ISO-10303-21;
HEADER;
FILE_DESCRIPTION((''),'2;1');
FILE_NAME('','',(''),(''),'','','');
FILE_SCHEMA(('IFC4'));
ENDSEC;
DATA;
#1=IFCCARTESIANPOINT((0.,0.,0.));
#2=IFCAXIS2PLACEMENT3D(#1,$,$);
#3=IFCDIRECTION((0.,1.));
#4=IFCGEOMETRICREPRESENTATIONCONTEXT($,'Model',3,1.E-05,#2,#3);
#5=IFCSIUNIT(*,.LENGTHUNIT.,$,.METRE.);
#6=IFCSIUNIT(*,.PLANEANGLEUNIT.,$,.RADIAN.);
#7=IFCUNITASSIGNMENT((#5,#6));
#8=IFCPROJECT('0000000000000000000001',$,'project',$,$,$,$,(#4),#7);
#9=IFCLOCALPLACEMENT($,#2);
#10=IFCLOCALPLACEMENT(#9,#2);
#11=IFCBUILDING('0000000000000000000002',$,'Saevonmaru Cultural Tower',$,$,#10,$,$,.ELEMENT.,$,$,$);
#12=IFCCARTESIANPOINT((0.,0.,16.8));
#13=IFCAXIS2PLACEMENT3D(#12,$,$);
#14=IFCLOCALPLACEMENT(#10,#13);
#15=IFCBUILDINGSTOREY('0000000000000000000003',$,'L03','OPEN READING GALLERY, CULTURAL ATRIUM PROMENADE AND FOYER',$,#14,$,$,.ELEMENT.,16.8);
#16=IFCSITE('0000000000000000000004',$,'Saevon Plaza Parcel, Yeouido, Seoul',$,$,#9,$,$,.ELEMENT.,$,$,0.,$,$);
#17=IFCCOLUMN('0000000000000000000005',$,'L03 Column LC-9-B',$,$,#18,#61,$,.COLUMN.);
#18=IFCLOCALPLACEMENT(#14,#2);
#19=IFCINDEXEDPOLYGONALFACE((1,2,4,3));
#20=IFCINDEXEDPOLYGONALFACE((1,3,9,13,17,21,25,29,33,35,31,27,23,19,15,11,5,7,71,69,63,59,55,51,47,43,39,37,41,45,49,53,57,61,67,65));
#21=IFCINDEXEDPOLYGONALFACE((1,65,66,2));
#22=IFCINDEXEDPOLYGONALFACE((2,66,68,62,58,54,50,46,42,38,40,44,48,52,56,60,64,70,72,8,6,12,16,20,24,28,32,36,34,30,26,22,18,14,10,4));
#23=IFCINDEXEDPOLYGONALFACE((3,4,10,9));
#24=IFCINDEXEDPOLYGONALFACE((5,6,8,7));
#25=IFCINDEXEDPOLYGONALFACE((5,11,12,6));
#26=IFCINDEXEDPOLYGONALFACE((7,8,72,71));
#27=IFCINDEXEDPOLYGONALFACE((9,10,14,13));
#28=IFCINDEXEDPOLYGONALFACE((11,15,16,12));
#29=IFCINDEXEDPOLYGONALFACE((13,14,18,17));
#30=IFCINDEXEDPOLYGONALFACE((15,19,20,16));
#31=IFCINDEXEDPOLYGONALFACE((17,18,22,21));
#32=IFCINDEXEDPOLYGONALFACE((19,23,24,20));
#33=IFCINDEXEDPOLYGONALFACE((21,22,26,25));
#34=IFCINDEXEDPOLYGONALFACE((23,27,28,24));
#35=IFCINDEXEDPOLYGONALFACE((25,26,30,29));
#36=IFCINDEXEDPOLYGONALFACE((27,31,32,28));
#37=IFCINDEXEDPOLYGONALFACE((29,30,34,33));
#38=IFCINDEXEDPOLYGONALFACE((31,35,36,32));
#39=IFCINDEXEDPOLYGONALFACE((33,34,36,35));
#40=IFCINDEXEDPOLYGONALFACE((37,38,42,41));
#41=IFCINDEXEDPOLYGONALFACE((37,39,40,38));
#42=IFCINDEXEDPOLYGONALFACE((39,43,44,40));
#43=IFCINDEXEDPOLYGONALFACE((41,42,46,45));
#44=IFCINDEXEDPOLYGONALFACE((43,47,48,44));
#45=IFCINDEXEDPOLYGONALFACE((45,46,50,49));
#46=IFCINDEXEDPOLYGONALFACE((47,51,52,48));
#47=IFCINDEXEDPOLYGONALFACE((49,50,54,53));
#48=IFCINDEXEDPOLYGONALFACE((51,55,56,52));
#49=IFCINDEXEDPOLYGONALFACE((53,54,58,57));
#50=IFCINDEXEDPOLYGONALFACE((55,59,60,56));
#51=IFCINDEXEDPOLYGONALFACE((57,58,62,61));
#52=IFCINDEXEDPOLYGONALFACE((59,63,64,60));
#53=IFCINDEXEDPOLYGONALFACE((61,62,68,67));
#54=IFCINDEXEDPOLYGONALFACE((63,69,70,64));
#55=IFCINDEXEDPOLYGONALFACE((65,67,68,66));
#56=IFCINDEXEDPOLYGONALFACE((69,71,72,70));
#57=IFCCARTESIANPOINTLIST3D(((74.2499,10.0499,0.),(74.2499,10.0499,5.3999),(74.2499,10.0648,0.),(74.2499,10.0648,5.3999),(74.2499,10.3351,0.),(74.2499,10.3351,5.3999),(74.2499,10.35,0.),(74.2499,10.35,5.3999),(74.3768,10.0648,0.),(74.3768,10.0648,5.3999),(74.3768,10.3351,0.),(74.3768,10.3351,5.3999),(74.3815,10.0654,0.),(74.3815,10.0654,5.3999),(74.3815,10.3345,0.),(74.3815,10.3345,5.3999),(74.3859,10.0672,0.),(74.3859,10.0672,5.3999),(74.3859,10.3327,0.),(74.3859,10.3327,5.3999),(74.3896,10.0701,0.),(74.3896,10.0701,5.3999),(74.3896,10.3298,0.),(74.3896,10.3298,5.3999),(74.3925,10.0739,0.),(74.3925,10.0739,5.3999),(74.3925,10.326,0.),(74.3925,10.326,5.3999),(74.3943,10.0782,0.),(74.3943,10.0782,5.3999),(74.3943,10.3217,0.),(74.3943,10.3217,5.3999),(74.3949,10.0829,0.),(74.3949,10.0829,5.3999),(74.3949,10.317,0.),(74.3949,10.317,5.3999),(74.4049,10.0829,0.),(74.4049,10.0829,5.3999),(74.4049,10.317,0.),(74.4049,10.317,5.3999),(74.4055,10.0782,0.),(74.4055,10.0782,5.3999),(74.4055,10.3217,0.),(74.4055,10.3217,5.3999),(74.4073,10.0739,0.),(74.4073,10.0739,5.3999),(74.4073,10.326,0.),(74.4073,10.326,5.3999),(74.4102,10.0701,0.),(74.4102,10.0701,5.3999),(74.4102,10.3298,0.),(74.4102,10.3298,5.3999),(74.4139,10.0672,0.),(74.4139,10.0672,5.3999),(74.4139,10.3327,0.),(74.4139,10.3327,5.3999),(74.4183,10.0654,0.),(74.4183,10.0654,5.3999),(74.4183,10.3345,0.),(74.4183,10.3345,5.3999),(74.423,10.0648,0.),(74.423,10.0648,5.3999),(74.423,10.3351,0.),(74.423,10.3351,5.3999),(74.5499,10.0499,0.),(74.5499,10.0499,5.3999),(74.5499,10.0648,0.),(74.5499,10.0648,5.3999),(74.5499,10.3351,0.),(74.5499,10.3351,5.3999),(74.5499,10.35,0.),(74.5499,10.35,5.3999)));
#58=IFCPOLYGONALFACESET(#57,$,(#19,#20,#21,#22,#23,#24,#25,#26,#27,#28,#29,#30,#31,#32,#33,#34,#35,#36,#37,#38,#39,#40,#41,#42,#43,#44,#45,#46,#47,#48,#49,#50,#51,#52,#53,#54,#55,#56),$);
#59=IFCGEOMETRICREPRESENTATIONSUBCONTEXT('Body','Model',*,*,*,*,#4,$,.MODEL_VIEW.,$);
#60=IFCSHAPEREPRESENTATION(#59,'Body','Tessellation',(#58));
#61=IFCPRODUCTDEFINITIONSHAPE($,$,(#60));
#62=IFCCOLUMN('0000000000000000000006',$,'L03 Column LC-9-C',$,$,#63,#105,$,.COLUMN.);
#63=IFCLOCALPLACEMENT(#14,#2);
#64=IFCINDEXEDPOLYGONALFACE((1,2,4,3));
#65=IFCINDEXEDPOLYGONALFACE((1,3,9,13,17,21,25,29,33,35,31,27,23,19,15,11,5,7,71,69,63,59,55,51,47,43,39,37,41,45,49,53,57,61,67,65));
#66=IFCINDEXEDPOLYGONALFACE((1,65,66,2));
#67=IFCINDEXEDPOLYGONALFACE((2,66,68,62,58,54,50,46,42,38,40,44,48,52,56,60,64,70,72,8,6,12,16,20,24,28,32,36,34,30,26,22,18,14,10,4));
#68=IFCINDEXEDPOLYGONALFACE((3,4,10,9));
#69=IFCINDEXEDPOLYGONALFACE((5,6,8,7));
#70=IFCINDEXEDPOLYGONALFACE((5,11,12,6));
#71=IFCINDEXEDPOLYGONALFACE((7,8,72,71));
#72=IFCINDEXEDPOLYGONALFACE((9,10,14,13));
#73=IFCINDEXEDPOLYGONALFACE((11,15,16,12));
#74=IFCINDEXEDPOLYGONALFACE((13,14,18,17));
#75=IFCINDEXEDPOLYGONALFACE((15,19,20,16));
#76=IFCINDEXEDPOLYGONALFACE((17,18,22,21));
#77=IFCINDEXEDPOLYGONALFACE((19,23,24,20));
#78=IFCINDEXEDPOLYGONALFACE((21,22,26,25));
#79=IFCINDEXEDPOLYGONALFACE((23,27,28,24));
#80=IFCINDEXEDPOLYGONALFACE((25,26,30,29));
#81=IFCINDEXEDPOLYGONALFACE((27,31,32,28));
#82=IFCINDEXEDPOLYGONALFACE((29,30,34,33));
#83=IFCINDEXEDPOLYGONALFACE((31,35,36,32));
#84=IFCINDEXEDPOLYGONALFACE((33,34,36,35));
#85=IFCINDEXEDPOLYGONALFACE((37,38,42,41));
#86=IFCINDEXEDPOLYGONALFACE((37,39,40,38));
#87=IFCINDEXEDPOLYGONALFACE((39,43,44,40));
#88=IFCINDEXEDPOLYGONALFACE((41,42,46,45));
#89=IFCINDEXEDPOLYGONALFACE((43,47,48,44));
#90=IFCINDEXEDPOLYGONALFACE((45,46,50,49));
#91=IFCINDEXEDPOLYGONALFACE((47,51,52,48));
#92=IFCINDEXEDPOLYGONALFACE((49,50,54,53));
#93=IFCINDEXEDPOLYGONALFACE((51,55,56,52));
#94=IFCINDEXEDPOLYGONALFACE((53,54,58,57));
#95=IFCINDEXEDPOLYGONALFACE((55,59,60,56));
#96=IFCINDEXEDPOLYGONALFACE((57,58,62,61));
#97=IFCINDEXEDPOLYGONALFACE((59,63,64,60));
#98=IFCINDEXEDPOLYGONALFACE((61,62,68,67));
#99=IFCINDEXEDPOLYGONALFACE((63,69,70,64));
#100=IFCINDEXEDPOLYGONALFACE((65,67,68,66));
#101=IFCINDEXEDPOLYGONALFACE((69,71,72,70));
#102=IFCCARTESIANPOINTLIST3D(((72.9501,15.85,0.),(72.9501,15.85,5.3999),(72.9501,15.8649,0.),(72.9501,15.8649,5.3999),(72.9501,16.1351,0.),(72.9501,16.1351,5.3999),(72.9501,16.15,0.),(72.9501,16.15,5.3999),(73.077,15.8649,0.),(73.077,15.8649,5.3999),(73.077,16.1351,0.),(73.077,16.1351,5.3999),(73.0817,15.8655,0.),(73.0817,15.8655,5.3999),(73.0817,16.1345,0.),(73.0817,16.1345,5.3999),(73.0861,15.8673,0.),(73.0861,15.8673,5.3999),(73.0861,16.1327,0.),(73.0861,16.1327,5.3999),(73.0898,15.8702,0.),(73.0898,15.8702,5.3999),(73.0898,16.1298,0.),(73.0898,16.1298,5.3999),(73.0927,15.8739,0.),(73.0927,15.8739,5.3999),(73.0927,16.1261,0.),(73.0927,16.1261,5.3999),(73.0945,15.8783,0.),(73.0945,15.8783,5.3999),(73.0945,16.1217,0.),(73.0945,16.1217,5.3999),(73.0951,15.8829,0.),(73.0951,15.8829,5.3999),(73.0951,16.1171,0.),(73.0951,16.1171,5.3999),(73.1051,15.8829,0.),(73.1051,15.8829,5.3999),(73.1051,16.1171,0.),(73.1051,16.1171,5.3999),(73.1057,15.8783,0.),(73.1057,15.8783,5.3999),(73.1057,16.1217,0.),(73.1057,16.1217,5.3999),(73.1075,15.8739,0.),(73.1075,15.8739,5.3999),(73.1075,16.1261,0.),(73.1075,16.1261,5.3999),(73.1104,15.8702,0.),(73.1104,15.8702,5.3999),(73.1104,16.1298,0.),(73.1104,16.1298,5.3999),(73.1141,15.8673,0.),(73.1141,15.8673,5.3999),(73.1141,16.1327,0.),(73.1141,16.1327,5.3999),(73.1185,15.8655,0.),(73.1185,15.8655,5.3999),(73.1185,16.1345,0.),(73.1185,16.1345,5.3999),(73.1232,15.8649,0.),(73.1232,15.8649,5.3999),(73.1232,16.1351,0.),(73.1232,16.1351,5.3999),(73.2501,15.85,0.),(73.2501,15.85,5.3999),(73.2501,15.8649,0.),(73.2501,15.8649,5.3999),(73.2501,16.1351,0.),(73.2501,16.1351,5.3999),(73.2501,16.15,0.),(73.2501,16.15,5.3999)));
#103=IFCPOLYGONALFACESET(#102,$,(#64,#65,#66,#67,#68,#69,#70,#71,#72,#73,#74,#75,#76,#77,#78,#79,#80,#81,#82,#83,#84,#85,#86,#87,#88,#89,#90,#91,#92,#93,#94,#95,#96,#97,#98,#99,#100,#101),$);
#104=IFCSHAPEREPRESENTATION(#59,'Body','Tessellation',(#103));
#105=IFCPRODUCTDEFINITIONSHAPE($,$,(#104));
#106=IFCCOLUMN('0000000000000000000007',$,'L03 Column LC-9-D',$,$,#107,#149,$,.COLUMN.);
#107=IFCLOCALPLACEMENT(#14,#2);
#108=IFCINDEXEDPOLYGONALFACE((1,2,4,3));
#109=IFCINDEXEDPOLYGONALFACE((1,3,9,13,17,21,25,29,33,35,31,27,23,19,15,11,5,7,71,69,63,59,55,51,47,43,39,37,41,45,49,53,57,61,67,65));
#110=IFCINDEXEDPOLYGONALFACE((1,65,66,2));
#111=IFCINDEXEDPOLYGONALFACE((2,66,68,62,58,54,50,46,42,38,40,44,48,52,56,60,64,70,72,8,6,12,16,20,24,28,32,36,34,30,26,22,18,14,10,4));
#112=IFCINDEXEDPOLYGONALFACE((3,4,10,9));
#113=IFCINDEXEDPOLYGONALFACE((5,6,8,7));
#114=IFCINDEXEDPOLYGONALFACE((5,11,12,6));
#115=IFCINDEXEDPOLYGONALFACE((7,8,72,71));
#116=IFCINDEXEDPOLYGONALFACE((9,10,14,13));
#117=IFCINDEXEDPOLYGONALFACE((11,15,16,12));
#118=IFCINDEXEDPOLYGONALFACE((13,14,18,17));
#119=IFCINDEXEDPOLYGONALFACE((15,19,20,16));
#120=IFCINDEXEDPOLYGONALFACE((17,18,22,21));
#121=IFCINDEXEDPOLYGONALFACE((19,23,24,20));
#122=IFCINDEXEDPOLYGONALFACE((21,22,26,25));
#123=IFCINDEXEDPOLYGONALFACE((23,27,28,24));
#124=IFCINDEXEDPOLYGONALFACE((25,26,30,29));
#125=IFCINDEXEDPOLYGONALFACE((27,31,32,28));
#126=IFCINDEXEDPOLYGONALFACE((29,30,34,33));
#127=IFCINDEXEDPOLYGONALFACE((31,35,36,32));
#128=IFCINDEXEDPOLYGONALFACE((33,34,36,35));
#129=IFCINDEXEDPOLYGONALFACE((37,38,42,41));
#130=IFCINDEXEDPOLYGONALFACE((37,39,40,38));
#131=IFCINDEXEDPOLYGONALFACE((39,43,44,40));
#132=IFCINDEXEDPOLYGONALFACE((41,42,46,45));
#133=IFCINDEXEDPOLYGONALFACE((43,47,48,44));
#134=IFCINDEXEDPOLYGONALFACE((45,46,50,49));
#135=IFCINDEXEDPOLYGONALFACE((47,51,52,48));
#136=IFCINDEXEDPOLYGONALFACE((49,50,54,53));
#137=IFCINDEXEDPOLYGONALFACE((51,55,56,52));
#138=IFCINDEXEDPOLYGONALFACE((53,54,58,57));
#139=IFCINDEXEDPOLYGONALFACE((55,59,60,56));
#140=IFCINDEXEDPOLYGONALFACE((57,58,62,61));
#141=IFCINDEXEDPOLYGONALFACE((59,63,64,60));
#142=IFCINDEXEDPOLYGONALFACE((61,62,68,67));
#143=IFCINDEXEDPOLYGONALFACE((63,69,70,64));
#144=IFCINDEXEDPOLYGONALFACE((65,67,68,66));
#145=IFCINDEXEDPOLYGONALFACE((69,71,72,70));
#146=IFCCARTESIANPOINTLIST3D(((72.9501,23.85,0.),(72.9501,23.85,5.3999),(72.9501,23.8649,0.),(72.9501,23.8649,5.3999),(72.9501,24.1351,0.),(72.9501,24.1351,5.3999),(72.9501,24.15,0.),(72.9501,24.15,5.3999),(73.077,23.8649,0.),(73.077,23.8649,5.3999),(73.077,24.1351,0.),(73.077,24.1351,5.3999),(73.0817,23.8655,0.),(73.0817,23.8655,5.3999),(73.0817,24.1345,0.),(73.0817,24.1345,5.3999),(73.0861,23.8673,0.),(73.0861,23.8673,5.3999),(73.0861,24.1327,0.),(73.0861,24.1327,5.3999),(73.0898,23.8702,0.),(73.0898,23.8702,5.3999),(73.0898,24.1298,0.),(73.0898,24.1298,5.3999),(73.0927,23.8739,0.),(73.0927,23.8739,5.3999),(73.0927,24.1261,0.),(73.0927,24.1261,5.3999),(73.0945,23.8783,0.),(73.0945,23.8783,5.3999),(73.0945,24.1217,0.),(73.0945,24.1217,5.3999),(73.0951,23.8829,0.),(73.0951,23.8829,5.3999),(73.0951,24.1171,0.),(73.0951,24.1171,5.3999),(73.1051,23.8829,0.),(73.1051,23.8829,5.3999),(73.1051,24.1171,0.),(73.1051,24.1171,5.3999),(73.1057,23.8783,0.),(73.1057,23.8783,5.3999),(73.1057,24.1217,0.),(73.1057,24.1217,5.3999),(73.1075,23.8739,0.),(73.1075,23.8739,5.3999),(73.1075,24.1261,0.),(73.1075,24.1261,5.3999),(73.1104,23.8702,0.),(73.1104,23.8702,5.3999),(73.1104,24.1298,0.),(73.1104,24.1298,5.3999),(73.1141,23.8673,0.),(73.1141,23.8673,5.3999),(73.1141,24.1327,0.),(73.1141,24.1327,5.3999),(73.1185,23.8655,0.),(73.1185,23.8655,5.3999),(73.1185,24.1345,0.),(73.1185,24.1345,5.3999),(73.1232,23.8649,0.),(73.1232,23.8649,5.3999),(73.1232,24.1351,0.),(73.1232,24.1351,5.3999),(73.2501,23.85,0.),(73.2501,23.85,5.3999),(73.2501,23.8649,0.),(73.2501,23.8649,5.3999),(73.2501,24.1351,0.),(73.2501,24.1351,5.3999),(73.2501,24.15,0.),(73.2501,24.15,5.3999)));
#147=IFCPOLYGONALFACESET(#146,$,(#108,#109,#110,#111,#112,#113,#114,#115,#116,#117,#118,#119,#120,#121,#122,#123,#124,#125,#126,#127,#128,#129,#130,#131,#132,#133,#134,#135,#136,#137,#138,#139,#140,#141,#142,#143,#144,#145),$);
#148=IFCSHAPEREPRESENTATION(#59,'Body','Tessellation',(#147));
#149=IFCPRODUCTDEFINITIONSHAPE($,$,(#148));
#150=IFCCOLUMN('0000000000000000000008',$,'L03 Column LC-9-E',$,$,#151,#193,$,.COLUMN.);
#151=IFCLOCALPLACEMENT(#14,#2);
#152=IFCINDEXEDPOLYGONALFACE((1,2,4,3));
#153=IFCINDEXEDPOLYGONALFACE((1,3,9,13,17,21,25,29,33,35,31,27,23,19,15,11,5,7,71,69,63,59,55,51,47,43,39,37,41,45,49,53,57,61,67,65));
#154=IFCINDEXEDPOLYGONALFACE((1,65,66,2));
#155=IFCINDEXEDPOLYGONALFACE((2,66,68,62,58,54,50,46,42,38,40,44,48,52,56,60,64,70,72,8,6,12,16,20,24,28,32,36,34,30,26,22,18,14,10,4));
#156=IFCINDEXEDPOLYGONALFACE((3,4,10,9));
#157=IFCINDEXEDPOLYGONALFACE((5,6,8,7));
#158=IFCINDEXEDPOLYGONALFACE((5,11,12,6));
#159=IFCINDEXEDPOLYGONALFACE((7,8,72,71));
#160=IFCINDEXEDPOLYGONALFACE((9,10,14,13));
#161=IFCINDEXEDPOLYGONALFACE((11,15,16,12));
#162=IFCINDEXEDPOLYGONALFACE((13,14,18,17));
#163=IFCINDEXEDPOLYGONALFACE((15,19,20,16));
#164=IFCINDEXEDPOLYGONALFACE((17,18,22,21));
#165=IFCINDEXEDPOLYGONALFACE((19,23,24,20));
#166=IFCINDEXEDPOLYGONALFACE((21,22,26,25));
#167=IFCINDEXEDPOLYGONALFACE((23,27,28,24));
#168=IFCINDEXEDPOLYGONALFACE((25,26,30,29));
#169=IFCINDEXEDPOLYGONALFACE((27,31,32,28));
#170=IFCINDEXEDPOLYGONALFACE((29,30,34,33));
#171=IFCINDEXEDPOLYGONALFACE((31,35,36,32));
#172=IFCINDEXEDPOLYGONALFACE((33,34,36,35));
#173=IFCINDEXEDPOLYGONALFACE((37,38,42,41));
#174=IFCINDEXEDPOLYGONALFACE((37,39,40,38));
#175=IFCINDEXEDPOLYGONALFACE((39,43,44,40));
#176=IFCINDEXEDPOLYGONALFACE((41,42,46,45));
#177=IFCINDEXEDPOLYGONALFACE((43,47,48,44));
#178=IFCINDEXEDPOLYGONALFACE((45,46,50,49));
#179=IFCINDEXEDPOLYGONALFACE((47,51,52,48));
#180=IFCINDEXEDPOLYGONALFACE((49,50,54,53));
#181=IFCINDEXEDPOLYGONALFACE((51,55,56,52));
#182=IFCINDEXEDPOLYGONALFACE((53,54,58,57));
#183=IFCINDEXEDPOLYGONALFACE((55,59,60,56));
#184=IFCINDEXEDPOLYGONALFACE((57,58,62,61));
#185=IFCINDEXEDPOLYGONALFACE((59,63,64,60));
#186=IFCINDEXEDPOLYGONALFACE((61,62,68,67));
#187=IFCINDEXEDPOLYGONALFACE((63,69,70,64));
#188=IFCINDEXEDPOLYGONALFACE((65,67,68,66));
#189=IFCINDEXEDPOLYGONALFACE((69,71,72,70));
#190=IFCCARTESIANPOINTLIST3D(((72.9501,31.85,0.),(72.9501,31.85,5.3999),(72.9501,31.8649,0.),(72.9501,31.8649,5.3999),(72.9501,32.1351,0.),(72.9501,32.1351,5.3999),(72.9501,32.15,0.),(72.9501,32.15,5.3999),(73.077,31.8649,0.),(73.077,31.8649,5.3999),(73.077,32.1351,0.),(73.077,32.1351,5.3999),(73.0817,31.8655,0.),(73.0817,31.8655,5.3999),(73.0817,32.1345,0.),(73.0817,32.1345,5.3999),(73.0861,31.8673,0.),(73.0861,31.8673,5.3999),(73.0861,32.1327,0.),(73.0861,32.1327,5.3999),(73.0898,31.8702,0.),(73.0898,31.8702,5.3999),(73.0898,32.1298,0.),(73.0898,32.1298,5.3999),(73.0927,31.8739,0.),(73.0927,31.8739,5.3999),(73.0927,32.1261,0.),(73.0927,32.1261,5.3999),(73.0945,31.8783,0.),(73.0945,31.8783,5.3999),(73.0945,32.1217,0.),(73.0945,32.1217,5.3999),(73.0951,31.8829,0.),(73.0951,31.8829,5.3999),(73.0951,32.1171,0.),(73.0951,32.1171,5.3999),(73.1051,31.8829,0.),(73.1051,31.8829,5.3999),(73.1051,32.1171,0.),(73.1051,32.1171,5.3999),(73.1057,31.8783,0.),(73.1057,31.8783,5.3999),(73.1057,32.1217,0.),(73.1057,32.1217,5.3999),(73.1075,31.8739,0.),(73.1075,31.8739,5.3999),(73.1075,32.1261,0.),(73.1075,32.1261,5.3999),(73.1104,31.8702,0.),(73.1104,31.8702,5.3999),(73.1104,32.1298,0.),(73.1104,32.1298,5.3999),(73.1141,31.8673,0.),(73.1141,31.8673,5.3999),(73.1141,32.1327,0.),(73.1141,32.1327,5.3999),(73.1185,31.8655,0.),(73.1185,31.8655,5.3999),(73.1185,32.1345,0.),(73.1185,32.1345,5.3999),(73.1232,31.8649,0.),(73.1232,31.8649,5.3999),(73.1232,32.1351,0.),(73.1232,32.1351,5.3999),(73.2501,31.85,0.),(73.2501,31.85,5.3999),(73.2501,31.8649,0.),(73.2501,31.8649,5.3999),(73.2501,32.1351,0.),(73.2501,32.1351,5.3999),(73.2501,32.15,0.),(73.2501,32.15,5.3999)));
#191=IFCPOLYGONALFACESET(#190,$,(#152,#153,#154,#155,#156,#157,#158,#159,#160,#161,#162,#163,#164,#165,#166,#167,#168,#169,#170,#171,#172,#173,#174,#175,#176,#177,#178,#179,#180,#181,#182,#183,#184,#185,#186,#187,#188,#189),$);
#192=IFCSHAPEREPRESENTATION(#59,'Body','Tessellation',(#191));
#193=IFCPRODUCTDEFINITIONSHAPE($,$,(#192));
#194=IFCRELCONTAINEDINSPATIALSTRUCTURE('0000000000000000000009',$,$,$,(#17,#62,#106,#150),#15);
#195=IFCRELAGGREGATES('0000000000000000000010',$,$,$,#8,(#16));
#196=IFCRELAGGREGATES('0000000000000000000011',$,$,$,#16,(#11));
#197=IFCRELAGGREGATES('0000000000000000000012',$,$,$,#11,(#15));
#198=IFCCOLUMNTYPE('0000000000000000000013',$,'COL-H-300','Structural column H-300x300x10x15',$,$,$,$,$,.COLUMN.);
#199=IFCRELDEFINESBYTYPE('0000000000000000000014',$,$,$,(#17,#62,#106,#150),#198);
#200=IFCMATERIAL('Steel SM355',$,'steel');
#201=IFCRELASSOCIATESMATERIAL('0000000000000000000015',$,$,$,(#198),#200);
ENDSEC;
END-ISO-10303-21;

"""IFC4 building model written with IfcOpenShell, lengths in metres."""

from ifc_helpers import new_model, si_unit, direction, frame, origin, origin_2d, place, context, subcontext, project, spatial, i_section, extrude, material, material_profile, profile_set, type_object, element, save


model = new_model("IFC4")

# Units and contexts
model_context = context("Model", 3, precision=1e-05, world=origin(), true_north=direction((0.0, 1.0)))
body_context = subcontext(model_context, "Body", "Model", "MODEL_VIEW")
ifc_project = project(units=[si_unit("LENGTHUNIT", "METRE"), si_unit("PLANEANGLEUNIT", "RADIAN")], contexts=[model_context])

# Site, building, storey
site_placement = place(None, origin())
site = spatial("IfcSite", under=ifc_project, at=site_placement, Name="Saevon Plaza Parcel, Yeouido, Seoul", CompositionType="ELEMENT", RefElevation=0.0)
building_placement = place(site_placement, origin())
building = spatial("IfcBuilding", under=site, at=building_placement, Name="Saevonmaru Cultural Tower", CompositionType="ELEMENT")
storey_placement = place(building_placement, frame((0.0, 0.0, 16.8)))
storey = spatial("IfcBuildingStorey", under=building, at=storey_placement, Name="L03", Description="OPEN READING GALLERY, CULTURAL ATRIUM PROMENADE AND FOYER", CompositionType="ELEMENT", Elevation=16.8)

# Columns
ifc_material_1 = material(Name="Steel SM355", Category="steel")
ifc_material_profile_1 = material_profile(ifc_material_1, i_section(OverallWidth=0.3, OverallDepth=0.3, WebThickness=0.01, FlangeThickness=0.0149, FilletRadius=0.0181, at=origin_2d()), Name="H-300x300x10x15")
ifc_profile_set_1 = profile_set([ifc_material_profile_1], Name="Steel SM355")
column_type_1 = type_object("IfcColumnType", Name="COL-H-300", Description="Structural column H-300x300x10x15", PredefinedType="COLUMN", material=ifc_profile_set_1)
for number, where, z_axis, x_axis, name in (
    (1, (74.3999, 10.2, 0.0), (0.0, 0.0, 1.0), (1.0, 0.0, 0.0), "L03 Column LC-9-B"),
    (2, (73.1001, 16.0, 0.0), (0.0, 0.0, 1.0), (1.0, 0.0, 0.0), "L03 Column LC-9-C"),
    (3, (73.1001, 24.0, 0.0), (0.0, 0.0, 1.0), (1.0, 0.0, 0.0), "L03 Column LC-9-D"),
    (4, (73.1001, 32.0, 0.0), (0.0, 0.0, 1.0), (1.0, 0.0, 0.0), "L03 Column LC-9-E"),
):
    element("IfcColumn", number, at=place(storey_placement, frame(where, z_axis=z_axis, x_axis=x_axis)), inside=storey, type_object=column_type_1, Name=name, PredefinedType="COLUMN", context=body_context, shape_type="SweptSolid", body=[
        extrude(i_section(OverallWidth=0.3, OverallDepth=0.3, WebThickness=0.01, FlangeThickness=0.0149, FilletRadius=0.0181, at=origin_2d()), origin(), (0.0, 0.0, 1.0), 5.3999),
    ])

save(model, "model.ifc")
